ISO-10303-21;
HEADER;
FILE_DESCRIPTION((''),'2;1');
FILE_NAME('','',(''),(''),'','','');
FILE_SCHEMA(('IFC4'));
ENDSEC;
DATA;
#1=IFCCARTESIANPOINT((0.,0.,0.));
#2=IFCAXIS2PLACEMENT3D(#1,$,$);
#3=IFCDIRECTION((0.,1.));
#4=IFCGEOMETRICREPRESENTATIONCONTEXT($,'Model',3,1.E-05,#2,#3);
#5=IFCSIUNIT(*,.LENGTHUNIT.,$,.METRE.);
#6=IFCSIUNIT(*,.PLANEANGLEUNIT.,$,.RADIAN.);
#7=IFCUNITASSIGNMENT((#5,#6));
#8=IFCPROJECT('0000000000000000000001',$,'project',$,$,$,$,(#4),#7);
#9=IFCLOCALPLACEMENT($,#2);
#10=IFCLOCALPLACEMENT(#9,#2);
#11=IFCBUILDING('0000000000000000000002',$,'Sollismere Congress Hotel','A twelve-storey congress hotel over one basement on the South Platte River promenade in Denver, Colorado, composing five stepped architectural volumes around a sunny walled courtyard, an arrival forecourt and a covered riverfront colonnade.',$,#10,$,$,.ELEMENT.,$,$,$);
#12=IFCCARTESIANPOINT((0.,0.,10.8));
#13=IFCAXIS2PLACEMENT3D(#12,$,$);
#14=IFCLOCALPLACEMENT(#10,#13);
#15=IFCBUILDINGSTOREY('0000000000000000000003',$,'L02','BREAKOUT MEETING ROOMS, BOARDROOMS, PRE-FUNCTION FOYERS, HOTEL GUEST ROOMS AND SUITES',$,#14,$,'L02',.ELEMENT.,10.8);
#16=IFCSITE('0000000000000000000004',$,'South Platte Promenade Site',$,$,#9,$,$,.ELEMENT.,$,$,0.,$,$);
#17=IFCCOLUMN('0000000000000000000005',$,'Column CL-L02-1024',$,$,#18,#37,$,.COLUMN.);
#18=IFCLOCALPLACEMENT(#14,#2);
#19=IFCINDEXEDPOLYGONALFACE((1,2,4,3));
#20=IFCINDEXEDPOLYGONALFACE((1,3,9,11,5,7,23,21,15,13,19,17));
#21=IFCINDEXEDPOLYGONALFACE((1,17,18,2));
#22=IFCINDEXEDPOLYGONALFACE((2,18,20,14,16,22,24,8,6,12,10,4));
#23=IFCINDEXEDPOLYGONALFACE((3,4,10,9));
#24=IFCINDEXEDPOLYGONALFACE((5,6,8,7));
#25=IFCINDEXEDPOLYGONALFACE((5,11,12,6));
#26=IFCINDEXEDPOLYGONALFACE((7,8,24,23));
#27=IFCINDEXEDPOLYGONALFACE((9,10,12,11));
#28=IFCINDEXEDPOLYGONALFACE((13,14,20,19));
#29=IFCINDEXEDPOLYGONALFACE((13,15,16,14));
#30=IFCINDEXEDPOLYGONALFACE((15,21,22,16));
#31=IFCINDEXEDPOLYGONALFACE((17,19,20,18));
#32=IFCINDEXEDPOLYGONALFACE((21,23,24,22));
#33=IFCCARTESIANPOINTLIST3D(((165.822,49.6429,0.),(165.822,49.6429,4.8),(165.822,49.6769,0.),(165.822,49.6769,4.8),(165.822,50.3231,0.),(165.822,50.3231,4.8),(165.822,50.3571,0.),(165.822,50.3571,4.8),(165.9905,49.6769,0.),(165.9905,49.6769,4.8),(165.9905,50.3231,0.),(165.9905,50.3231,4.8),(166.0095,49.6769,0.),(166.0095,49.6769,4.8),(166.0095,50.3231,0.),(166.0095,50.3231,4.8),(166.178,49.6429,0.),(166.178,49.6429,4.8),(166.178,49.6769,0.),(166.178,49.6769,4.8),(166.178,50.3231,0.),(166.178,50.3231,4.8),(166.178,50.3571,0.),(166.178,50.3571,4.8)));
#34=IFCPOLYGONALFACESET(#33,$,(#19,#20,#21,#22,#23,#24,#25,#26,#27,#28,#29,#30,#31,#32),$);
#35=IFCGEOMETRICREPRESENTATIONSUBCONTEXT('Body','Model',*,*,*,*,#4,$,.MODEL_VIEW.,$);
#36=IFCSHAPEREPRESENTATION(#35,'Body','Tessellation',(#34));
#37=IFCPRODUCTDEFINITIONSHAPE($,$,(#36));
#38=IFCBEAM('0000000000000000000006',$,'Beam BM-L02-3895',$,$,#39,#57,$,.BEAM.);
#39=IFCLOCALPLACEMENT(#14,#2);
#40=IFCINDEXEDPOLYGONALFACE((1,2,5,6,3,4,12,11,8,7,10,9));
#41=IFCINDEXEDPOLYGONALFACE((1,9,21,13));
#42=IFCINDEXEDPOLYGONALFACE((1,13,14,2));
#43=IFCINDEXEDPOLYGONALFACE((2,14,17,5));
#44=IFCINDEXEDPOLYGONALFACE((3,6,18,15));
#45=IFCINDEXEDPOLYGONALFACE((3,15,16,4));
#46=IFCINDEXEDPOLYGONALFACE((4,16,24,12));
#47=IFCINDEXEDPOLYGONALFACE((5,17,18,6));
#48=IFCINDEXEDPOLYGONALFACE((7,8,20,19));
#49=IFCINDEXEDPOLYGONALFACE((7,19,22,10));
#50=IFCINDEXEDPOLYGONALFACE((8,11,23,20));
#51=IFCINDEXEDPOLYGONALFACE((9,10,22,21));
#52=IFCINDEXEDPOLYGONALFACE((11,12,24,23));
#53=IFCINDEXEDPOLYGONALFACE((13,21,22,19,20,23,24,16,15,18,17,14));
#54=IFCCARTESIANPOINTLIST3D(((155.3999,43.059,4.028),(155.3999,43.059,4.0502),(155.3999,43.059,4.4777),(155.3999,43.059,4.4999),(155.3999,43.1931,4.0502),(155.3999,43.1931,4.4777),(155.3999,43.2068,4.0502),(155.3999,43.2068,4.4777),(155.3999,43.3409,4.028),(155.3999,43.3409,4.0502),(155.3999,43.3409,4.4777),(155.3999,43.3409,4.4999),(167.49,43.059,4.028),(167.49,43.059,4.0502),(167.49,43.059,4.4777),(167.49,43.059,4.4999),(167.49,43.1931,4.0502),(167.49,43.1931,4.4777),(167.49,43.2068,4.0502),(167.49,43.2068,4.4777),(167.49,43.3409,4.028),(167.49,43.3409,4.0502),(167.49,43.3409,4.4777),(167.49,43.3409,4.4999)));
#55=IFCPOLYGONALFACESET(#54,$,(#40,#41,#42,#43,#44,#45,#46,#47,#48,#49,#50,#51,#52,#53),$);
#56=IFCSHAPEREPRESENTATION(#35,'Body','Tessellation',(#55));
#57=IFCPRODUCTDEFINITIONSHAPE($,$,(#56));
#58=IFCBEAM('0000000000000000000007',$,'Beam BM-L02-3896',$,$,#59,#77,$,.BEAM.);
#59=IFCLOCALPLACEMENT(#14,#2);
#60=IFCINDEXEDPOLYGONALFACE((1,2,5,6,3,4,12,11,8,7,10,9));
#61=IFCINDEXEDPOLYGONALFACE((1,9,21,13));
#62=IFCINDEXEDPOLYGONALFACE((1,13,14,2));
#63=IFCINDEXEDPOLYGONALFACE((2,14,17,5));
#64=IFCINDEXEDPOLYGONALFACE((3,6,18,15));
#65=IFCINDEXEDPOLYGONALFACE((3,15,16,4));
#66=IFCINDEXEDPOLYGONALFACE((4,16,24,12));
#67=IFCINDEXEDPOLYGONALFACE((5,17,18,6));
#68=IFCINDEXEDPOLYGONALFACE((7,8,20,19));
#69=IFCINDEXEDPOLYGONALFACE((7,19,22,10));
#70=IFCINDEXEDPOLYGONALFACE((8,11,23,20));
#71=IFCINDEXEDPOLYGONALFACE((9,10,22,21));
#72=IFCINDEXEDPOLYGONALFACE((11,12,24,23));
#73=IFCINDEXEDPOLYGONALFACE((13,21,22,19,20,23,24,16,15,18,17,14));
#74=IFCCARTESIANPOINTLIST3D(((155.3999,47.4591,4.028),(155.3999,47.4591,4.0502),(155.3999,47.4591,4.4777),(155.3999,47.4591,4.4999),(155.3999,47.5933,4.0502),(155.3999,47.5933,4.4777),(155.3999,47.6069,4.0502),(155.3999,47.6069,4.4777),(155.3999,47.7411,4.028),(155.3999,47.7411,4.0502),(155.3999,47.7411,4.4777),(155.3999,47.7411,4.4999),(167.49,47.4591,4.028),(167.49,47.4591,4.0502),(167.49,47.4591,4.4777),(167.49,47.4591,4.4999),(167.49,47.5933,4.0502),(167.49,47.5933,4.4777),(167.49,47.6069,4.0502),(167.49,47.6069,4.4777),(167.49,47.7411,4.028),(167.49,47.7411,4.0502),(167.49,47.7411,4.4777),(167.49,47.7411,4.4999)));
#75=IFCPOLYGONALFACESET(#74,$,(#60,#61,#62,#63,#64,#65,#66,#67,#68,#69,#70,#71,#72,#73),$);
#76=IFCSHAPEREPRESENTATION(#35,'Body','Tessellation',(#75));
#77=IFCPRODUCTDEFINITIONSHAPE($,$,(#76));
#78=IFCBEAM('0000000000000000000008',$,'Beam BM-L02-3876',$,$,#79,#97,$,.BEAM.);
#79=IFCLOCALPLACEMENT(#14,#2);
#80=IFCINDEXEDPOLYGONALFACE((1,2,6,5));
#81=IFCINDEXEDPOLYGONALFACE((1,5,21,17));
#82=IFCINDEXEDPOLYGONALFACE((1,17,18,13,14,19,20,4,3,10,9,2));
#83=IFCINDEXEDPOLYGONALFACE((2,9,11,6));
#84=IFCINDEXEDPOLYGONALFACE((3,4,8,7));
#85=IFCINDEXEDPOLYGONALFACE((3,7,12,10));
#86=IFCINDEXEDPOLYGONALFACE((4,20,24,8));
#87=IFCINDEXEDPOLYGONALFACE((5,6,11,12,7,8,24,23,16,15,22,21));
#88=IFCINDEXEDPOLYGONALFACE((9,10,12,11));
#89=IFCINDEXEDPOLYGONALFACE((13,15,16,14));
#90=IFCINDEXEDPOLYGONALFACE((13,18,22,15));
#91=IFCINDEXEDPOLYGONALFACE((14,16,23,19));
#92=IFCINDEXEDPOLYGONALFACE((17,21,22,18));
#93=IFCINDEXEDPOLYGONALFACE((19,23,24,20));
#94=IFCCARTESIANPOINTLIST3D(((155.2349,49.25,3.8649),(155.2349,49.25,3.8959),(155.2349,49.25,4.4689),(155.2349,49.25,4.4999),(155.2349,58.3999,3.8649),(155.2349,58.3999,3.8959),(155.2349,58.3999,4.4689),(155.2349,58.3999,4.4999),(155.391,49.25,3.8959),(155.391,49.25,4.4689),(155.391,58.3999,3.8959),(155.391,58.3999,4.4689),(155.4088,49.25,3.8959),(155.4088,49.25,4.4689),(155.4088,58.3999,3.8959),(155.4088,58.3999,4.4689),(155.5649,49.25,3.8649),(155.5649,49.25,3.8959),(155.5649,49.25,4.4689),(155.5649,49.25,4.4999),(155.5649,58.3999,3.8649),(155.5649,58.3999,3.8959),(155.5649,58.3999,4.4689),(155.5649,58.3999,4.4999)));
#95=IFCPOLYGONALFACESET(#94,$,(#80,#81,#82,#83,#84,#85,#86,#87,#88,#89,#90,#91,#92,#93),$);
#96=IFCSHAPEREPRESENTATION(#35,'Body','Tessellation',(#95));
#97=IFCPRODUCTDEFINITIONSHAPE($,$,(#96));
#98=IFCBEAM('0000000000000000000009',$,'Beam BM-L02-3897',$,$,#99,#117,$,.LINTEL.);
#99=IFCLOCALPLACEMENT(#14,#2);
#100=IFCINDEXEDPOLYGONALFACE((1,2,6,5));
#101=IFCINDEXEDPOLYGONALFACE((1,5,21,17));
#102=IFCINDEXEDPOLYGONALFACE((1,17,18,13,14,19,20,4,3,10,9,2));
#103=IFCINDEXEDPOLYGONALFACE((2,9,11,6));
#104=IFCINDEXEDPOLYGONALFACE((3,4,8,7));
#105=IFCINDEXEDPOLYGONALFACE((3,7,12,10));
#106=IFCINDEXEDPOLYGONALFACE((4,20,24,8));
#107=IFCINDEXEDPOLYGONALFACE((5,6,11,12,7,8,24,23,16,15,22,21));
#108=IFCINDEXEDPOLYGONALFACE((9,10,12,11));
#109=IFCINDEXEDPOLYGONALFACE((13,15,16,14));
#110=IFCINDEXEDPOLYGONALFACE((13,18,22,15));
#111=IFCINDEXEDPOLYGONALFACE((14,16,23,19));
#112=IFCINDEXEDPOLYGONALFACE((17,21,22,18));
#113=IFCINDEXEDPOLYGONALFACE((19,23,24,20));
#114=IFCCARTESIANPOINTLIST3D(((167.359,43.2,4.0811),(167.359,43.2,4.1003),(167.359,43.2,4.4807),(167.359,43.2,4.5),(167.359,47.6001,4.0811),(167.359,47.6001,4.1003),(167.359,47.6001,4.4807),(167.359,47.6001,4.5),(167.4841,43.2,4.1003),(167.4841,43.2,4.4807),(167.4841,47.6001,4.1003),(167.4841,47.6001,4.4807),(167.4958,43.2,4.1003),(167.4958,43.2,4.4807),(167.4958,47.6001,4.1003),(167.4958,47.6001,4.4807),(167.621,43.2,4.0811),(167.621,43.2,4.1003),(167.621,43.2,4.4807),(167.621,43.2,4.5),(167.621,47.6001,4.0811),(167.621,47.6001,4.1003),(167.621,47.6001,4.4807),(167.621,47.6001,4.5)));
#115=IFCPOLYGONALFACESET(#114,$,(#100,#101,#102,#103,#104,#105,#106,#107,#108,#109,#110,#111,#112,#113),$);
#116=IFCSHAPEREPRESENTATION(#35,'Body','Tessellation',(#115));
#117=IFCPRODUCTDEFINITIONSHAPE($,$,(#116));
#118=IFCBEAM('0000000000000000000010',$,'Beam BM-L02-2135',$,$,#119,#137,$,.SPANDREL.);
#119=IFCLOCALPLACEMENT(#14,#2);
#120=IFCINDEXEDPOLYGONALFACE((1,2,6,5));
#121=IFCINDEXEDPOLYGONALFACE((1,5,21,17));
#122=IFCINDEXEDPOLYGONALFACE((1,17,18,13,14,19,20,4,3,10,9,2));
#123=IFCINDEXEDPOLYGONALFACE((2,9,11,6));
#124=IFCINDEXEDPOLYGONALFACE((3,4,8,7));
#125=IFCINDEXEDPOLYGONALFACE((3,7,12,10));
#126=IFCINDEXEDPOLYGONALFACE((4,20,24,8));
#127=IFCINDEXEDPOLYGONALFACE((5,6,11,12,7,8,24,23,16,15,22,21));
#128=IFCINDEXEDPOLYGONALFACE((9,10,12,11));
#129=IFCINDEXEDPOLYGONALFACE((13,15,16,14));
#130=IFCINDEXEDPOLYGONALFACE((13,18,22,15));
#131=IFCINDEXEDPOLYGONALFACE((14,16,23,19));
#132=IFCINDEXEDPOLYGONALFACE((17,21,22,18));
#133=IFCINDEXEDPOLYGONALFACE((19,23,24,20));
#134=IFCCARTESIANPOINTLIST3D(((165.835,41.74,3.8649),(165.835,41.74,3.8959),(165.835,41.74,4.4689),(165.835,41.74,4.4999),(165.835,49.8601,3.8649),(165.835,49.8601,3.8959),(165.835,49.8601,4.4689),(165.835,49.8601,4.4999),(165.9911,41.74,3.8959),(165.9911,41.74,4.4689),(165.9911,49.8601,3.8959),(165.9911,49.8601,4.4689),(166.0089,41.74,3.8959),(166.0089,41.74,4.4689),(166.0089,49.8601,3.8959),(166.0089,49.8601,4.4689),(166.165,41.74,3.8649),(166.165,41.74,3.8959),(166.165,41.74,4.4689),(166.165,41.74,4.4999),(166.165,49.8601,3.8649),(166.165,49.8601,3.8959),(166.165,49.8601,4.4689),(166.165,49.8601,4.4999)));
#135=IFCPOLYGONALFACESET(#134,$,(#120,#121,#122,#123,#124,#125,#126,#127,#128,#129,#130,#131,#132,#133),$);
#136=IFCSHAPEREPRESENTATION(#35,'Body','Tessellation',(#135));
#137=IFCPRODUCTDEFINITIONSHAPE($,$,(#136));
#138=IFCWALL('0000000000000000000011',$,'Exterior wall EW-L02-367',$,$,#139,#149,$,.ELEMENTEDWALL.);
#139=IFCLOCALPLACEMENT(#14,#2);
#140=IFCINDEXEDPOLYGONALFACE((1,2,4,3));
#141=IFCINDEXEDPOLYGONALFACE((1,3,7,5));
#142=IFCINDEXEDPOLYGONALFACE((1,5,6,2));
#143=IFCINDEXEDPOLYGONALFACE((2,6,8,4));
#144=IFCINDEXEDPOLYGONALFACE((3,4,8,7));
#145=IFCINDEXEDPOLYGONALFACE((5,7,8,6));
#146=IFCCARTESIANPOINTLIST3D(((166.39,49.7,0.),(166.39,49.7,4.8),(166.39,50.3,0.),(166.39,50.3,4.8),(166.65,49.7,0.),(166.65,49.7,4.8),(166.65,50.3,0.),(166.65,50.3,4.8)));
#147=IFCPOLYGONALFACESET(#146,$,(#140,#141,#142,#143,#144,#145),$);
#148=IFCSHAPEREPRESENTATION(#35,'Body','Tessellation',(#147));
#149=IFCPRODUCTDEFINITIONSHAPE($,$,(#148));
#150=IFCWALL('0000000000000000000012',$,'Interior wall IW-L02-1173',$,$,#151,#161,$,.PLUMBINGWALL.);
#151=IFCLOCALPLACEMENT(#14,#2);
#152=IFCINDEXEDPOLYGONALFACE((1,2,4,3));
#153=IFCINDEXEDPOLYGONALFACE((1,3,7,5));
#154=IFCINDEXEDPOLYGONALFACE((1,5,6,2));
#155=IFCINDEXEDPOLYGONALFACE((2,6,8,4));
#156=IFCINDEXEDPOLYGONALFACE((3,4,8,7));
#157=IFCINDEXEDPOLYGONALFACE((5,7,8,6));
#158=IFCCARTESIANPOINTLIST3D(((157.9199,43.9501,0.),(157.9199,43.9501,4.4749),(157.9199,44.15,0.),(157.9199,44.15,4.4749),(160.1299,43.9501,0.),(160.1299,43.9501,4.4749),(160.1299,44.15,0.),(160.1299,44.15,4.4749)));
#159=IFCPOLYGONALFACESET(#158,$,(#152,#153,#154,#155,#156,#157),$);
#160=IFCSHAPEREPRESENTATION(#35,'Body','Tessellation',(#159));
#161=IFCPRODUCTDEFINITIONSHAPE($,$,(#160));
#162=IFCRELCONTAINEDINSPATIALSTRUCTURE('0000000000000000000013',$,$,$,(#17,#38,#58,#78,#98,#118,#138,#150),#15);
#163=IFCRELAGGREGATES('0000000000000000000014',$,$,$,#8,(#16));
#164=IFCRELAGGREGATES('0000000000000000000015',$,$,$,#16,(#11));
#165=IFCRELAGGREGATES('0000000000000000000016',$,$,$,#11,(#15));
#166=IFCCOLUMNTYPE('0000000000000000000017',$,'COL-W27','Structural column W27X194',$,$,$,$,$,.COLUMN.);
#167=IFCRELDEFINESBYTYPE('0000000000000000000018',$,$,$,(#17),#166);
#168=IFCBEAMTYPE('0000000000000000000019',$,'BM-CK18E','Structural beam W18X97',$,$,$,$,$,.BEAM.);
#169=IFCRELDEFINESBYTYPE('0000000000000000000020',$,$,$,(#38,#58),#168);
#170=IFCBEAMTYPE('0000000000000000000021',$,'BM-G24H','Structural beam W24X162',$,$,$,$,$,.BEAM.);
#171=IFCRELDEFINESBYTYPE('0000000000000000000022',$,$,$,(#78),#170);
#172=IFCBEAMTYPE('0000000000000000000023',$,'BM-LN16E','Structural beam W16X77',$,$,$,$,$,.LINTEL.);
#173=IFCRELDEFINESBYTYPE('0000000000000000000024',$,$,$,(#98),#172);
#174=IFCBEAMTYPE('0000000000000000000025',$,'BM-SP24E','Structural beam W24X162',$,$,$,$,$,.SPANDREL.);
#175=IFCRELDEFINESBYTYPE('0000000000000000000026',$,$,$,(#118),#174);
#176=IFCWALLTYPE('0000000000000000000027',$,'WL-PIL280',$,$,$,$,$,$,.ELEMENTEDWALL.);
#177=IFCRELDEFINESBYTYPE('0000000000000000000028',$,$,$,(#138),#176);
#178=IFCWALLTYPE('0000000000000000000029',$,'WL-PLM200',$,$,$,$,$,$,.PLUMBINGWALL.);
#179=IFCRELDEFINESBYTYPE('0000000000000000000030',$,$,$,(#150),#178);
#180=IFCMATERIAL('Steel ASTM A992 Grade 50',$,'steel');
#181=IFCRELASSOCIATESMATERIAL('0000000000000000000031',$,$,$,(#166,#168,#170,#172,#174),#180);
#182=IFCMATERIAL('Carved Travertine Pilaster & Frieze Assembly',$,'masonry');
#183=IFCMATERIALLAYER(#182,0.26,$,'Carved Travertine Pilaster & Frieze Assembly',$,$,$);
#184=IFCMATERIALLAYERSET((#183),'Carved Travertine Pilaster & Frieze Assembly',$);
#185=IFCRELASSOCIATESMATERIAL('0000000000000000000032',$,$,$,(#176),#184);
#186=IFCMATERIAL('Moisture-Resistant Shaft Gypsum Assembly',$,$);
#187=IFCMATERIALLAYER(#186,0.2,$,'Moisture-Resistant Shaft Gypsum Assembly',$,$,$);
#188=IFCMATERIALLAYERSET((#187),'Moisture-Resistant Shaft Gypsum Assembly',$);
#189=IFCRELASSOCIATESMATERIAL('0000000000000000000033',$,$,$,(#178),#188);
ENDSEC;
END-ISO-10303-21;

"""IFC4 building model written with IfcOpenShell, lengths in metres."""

from ifc_helpers import new_model, si_unit, direction, frame, frame_2d, origin, origin_2d, place, context, subcontext, project, spatial, rectangle, i_section, extrude, material, layer, layer_set, material_profile, profile_set, type_object, element, save


model = new_model("IFC4")

# Units and contexts
model_context = context("Model", 3, precision=1e-05, world=origin(), true_north=direction((0.0, 1.0)))
body_context = subcontext(model_context, "Body", "Model", "MODEL_VIEW")
ifc_project = project(units=[si_unit("LENGTHUNIT", "METRE"), si_unit("PLANEANGLEUNIT", "RADIAN")], contexts=[model_context])

# Site, building, storey
site_placement = place(None, origin())
site = spatial("IfcSite", under=ifc_project, at=site_placement, Name="South Platte Promenade Site", CompositionType="ELEMENT", RefElevation=0.0)
building_placement = place(site_placement, origin())
building = spatial("IfcBuilding", under=site, at=building_placement, Name="Sollismere Congress Hotel", Description="A twelve-storey congress hotel over one basement on the South Platte River promenade in Denver, Colorado, composing five stepped architectural volumes around a sunny walled courtyard, an arrival forecourt and a covered riverfront colonnade.", CompositionType="ELEMENT")
storey_placement = place(building_placement, frame((0.0, 0.0, 10.8)))
storey = spatial("IfcBuildingStorey", under=building, at=storey_placement, Name="L02", Description="BREAKOUT MEETING ROOMS, BOARDROOMS, PRE-FUNCTION FOYERS, HOTEL GUEST ROOMS AND SUITES", LongName="L02", CompositionType="ELEMENT", Elevation=10.8)

# Column
ifc_material_1 = material(Name="Steel ASTM A992 Grade 50", Category="steel")
ifc_material_profile_1 = material_profile(ifc_material_1, i_section(OverallWidth=0.356, OverallDepth=0.7141, WebThickness=0.019, FlangeThickness=0.0339, at=origin_2d()), Name="W27X194")
ifc_profile_set_1 = profile_set([ifc_material_profile_1], Name="Steel ASTM A992 Grade 50")
column_type = type_object("IfcColumnType", Name="COL-W27", Description="Structural column W27X194", PredefinedType="COLUMN", material=ifc_profile_set_1)
column_placement = place(storey_placement, frame((166.0, 50.0, 0.0), z_axis=(0.0, 0.0, 1.0), x_axis=(1.0, 0.0, 0.0)))
element("IfcColumn", 1, at=column_placement, inside=storey, type_object=column_type, Name="Column CL-L02-1024", PredefinedType="COLUMN", context=body_context, shape_type="SweptSolid", body=[
    extrude(i_section(OverallWidth=0.356, OverallDepth=0.7141, WebThickness=0.019, FlangeThickness=0.0339, at=origin_2d()), origin(), (0.0, 0.0, 1.0), 4.8),
])

# Beams
ifc_material_profile_2 = material_profile(ifc_material_1, i_section(OverallWidth=0.282, OverallDepth=0.4719, WebThickness=0.0137, FlangeThickness=0.0222, at=origin_2d()), Name="W18X97")
ifc_profile_set_2 = profile_set([ifc_material_profile_2], Name="Steel ASTM A992 Grade 50")
beam_type_1 = type_object("IfcBeamType", Name="BM-CK18E", Description="Structural beam W18X97", PredefinedType="BEAM", material=ifc_profile_set_2)
for number, where, z_axis, x_axis, name in (
    (2, (155.3999, 43.2, 4.2639), (1.0, 0.0, 0.0), (0.0, 1.0, 0.0), "Beam BM-L02-3895"),
    (3, (155.3999, 47.6001, 4.2639), (1.0, 0.0, 0.0), (0.0, 1.0, 0.0), "Beam BM-L02-3896"),
):
    element("IfcBeam", number, at=place(storey_placement, frame(where, z_axis=z_axis, x_axis=x_axis)), inside=storey, type_object=beam_type_1, Name=name, PredefinedType="BEAM", context=body_context, shape_type="SweptSolid", body=[
        extrude(i_section(OverallWidth=0.282, OverallDepth=0.4719, WebThickness=0.0137, FlangeThickness=0.0222, at=origin_2d()), origin(), (0.0, 0.0, 1.0), 12.0901),
    ])
ifc_material_profile_3 = material_profile(ifc_material_1, i_section(OverallWidth=0.3301, OverallDepth=0.635, WebThickness=0.0178, FlangeThickness=0.031, at=origin_2d()), Name="W24X162")
ifc_profile_set_3 = profile_set([ifc_material_profile_3], Name="Steel ASTM A992 Grade 50")
beam_type_2 = type_object("IfcBeamType", Name="BM-G24H", Description="Structural beam W24X162", PredefinedType="BEAM", material=ifc_profile_set_3)
beam_1_placement = place(storey_placement, frame((155.3999, 49.25, 4.1824), z_axis=(0.0, 1.0, 0.0), x_axis=(-1.0, 0.0, 0.0)))
element("IfcBeam", 4, at=beam_1_placement, inside=storey, type_object=beam_type_2, Name="Beam BM-L02-3876", PredefinedType="BEAM", context=body_context, shape_type="SweptSolid", body=[
    extrude(i_section(OverallWidth=0.3301, OverallDepth=0.635, WebThickness=0.0178, FlangeThickness=0.031, at=origin_2d()), origin(), (0.0, 0.0, 1.0), 9.1499),
])
ifc_material_profile_4 = material_profile(ifc_material_1, i_section(OverallWidth=0.262, OverallDepth=0.4189, WebThickness=0.0117, FlangeThickness=0.0193, at=origin_2d()), Name="W16X77")
ifc_profile_set_4 = profile_set([ifc_material_profile_4], Name="Steel ASTM A992 Grade 50")
beam_type_3 = type_object("IfcBeamType", Name="BM-LN16E", Description="Structural beam W16X77", PredefinedType="LINTEL", material=ifc_profile_set_4)
beam_2_placement = place(storey_placement, frame((167.49, 43.2, 4.2905), z_axis=(0.0, 1.0, 0.0), x_axis=(-1.0, 0.0, 0.0)))
element("IfcBeam", 5, at=beam_2_placement, inside=storey, type_object=beam_type_3, Name="Beam BM-L02-3897", PredefinedType="LINTEL", context=body_context, shape_type="SweptSolid", body=[
    extrude(i_section(OverallWidth=0.262, OverallDepth=0.4189, WebThickness=0.0117, FlangeThickness=0.0193, at=origin_2d()), origin(), (0.0, 0.0, 1.0), 4.4001),
])
ifc_material_profile_5 = material_profile(ifc_material_1, i_section(OverallWidth=0.3301, OverallDepth=0.635, WebThickness=0.0178, FlangeThickness=0.031, at=origin_2d()), Name="W24X162")
ifc_profile_set_5 = profile_set([ifc_material_profile_5], Name="Steel ASTM A992 Grade 50")
beam_type_4 = type_object("IfcBeamType", Name="BM-SP24E", Description="Structural beam W24X162", PredefinedType="SPANDREL", material=ifc_profile_set_5)
beam_3_placement = place(storey_placement, frame((166.0, 41.74, 4.1824), z_axis=(0.0, 1.0, 0.0), x_axis=(-1.0, 0.0, 0.0)))
element("IfcBeam", 6, at=beam_3_placement, inside=storey, type_object=beam_type_4, Name="Beam BM-L02-2135", PredefinedType="SPANDREL", context=body_context, shape_type="SweptSolid", body=[
    extrude(i_section(OverallWidth=0.3301, OverallDepth=0.635, WebThickness=0.0178, FlangeThickness=0.031, at=origin_2d()), origin(), (0.0, 0.0, 1.0), 8.1201),
])

# Walls
ifc_material_2 = material(Name="Carved Travertine Pilaster & Frieze Assembly", Category="masonry")
ifc_layer_1 = layer(ifc_material_2, 0.26, Name="Carved Travertine Pilaster & Frieze Assembly")
ifc_layer_set_1 = layer_set([ifc_layer_1], Name="Carved Travertine Pilaster & Frieze Assembly")
wall_type_1 = type_object("IfcWallType", Name="WL-PIL280", PredefinedType="ELEMENTEDWALL", material=ifc_layer_set_1)
wall_1_placement = place(storey_placement, frame((166.52, 49.7, 0.0), z_axis=(0.0, 0.0, 1.0), x_axis=(0.0, 1.0, 0.0)))
element("IfcWall", 7, at=wall_1_placement, inside=storey, type_object=wall_type_1, Name="Exterior wall EW-L02-367", PredefinedType="ELEMENTEDWALL", context=body_context, shape_type="SweptSolid", body=[
    extrude(rectangle(XDim=0.6001, YDim=0.26, at=frame_2d((0.3, 0.0))), origin(), (0.0, 0.0, 1.0), 4.8),
])
ifc_material_3 = material(Name="Moisture-Resistant Shaft Gypsum Assembly")
ifc_layer_2 = layer(ifc_material_3, 0.2, Name="Moisture-Resistant Shaft Gypsum Assembly")
ifc_layer_set_2 = layer_set([ifc_layer_2], Name="Moisture-Resistant Shaft Gypsum Assembly")
wall_type_2 = type_object("IfcWallType", Name="WL-PLM200", PredefinedType="PLUMBINGWALL", material=ifc_layer_set_2)
wall_2_placement = place(storey_placement, frame((157.9199, 44.05, 0.0), z_axis=(0.0, 0.0, 1.0), x_axis=(1.0, 0.0, 0.0)))
element("IfcWall", 8, at=wall_2_placement, inside=storey, type_object=wall_type_2, Name="Interior wall IW-L02-1173", PredefinedType="PLUMBINGWALL", context=body_context, shape_type="SweptSolid", body=[
    extrude(rectangle(XDim=2.21, YDim=0.2, at=frame_2d((1.105, 0.0))), origin(), (0.0, 0.0, 1.0), 4.4749),
])

save(model, "model.ifc")
